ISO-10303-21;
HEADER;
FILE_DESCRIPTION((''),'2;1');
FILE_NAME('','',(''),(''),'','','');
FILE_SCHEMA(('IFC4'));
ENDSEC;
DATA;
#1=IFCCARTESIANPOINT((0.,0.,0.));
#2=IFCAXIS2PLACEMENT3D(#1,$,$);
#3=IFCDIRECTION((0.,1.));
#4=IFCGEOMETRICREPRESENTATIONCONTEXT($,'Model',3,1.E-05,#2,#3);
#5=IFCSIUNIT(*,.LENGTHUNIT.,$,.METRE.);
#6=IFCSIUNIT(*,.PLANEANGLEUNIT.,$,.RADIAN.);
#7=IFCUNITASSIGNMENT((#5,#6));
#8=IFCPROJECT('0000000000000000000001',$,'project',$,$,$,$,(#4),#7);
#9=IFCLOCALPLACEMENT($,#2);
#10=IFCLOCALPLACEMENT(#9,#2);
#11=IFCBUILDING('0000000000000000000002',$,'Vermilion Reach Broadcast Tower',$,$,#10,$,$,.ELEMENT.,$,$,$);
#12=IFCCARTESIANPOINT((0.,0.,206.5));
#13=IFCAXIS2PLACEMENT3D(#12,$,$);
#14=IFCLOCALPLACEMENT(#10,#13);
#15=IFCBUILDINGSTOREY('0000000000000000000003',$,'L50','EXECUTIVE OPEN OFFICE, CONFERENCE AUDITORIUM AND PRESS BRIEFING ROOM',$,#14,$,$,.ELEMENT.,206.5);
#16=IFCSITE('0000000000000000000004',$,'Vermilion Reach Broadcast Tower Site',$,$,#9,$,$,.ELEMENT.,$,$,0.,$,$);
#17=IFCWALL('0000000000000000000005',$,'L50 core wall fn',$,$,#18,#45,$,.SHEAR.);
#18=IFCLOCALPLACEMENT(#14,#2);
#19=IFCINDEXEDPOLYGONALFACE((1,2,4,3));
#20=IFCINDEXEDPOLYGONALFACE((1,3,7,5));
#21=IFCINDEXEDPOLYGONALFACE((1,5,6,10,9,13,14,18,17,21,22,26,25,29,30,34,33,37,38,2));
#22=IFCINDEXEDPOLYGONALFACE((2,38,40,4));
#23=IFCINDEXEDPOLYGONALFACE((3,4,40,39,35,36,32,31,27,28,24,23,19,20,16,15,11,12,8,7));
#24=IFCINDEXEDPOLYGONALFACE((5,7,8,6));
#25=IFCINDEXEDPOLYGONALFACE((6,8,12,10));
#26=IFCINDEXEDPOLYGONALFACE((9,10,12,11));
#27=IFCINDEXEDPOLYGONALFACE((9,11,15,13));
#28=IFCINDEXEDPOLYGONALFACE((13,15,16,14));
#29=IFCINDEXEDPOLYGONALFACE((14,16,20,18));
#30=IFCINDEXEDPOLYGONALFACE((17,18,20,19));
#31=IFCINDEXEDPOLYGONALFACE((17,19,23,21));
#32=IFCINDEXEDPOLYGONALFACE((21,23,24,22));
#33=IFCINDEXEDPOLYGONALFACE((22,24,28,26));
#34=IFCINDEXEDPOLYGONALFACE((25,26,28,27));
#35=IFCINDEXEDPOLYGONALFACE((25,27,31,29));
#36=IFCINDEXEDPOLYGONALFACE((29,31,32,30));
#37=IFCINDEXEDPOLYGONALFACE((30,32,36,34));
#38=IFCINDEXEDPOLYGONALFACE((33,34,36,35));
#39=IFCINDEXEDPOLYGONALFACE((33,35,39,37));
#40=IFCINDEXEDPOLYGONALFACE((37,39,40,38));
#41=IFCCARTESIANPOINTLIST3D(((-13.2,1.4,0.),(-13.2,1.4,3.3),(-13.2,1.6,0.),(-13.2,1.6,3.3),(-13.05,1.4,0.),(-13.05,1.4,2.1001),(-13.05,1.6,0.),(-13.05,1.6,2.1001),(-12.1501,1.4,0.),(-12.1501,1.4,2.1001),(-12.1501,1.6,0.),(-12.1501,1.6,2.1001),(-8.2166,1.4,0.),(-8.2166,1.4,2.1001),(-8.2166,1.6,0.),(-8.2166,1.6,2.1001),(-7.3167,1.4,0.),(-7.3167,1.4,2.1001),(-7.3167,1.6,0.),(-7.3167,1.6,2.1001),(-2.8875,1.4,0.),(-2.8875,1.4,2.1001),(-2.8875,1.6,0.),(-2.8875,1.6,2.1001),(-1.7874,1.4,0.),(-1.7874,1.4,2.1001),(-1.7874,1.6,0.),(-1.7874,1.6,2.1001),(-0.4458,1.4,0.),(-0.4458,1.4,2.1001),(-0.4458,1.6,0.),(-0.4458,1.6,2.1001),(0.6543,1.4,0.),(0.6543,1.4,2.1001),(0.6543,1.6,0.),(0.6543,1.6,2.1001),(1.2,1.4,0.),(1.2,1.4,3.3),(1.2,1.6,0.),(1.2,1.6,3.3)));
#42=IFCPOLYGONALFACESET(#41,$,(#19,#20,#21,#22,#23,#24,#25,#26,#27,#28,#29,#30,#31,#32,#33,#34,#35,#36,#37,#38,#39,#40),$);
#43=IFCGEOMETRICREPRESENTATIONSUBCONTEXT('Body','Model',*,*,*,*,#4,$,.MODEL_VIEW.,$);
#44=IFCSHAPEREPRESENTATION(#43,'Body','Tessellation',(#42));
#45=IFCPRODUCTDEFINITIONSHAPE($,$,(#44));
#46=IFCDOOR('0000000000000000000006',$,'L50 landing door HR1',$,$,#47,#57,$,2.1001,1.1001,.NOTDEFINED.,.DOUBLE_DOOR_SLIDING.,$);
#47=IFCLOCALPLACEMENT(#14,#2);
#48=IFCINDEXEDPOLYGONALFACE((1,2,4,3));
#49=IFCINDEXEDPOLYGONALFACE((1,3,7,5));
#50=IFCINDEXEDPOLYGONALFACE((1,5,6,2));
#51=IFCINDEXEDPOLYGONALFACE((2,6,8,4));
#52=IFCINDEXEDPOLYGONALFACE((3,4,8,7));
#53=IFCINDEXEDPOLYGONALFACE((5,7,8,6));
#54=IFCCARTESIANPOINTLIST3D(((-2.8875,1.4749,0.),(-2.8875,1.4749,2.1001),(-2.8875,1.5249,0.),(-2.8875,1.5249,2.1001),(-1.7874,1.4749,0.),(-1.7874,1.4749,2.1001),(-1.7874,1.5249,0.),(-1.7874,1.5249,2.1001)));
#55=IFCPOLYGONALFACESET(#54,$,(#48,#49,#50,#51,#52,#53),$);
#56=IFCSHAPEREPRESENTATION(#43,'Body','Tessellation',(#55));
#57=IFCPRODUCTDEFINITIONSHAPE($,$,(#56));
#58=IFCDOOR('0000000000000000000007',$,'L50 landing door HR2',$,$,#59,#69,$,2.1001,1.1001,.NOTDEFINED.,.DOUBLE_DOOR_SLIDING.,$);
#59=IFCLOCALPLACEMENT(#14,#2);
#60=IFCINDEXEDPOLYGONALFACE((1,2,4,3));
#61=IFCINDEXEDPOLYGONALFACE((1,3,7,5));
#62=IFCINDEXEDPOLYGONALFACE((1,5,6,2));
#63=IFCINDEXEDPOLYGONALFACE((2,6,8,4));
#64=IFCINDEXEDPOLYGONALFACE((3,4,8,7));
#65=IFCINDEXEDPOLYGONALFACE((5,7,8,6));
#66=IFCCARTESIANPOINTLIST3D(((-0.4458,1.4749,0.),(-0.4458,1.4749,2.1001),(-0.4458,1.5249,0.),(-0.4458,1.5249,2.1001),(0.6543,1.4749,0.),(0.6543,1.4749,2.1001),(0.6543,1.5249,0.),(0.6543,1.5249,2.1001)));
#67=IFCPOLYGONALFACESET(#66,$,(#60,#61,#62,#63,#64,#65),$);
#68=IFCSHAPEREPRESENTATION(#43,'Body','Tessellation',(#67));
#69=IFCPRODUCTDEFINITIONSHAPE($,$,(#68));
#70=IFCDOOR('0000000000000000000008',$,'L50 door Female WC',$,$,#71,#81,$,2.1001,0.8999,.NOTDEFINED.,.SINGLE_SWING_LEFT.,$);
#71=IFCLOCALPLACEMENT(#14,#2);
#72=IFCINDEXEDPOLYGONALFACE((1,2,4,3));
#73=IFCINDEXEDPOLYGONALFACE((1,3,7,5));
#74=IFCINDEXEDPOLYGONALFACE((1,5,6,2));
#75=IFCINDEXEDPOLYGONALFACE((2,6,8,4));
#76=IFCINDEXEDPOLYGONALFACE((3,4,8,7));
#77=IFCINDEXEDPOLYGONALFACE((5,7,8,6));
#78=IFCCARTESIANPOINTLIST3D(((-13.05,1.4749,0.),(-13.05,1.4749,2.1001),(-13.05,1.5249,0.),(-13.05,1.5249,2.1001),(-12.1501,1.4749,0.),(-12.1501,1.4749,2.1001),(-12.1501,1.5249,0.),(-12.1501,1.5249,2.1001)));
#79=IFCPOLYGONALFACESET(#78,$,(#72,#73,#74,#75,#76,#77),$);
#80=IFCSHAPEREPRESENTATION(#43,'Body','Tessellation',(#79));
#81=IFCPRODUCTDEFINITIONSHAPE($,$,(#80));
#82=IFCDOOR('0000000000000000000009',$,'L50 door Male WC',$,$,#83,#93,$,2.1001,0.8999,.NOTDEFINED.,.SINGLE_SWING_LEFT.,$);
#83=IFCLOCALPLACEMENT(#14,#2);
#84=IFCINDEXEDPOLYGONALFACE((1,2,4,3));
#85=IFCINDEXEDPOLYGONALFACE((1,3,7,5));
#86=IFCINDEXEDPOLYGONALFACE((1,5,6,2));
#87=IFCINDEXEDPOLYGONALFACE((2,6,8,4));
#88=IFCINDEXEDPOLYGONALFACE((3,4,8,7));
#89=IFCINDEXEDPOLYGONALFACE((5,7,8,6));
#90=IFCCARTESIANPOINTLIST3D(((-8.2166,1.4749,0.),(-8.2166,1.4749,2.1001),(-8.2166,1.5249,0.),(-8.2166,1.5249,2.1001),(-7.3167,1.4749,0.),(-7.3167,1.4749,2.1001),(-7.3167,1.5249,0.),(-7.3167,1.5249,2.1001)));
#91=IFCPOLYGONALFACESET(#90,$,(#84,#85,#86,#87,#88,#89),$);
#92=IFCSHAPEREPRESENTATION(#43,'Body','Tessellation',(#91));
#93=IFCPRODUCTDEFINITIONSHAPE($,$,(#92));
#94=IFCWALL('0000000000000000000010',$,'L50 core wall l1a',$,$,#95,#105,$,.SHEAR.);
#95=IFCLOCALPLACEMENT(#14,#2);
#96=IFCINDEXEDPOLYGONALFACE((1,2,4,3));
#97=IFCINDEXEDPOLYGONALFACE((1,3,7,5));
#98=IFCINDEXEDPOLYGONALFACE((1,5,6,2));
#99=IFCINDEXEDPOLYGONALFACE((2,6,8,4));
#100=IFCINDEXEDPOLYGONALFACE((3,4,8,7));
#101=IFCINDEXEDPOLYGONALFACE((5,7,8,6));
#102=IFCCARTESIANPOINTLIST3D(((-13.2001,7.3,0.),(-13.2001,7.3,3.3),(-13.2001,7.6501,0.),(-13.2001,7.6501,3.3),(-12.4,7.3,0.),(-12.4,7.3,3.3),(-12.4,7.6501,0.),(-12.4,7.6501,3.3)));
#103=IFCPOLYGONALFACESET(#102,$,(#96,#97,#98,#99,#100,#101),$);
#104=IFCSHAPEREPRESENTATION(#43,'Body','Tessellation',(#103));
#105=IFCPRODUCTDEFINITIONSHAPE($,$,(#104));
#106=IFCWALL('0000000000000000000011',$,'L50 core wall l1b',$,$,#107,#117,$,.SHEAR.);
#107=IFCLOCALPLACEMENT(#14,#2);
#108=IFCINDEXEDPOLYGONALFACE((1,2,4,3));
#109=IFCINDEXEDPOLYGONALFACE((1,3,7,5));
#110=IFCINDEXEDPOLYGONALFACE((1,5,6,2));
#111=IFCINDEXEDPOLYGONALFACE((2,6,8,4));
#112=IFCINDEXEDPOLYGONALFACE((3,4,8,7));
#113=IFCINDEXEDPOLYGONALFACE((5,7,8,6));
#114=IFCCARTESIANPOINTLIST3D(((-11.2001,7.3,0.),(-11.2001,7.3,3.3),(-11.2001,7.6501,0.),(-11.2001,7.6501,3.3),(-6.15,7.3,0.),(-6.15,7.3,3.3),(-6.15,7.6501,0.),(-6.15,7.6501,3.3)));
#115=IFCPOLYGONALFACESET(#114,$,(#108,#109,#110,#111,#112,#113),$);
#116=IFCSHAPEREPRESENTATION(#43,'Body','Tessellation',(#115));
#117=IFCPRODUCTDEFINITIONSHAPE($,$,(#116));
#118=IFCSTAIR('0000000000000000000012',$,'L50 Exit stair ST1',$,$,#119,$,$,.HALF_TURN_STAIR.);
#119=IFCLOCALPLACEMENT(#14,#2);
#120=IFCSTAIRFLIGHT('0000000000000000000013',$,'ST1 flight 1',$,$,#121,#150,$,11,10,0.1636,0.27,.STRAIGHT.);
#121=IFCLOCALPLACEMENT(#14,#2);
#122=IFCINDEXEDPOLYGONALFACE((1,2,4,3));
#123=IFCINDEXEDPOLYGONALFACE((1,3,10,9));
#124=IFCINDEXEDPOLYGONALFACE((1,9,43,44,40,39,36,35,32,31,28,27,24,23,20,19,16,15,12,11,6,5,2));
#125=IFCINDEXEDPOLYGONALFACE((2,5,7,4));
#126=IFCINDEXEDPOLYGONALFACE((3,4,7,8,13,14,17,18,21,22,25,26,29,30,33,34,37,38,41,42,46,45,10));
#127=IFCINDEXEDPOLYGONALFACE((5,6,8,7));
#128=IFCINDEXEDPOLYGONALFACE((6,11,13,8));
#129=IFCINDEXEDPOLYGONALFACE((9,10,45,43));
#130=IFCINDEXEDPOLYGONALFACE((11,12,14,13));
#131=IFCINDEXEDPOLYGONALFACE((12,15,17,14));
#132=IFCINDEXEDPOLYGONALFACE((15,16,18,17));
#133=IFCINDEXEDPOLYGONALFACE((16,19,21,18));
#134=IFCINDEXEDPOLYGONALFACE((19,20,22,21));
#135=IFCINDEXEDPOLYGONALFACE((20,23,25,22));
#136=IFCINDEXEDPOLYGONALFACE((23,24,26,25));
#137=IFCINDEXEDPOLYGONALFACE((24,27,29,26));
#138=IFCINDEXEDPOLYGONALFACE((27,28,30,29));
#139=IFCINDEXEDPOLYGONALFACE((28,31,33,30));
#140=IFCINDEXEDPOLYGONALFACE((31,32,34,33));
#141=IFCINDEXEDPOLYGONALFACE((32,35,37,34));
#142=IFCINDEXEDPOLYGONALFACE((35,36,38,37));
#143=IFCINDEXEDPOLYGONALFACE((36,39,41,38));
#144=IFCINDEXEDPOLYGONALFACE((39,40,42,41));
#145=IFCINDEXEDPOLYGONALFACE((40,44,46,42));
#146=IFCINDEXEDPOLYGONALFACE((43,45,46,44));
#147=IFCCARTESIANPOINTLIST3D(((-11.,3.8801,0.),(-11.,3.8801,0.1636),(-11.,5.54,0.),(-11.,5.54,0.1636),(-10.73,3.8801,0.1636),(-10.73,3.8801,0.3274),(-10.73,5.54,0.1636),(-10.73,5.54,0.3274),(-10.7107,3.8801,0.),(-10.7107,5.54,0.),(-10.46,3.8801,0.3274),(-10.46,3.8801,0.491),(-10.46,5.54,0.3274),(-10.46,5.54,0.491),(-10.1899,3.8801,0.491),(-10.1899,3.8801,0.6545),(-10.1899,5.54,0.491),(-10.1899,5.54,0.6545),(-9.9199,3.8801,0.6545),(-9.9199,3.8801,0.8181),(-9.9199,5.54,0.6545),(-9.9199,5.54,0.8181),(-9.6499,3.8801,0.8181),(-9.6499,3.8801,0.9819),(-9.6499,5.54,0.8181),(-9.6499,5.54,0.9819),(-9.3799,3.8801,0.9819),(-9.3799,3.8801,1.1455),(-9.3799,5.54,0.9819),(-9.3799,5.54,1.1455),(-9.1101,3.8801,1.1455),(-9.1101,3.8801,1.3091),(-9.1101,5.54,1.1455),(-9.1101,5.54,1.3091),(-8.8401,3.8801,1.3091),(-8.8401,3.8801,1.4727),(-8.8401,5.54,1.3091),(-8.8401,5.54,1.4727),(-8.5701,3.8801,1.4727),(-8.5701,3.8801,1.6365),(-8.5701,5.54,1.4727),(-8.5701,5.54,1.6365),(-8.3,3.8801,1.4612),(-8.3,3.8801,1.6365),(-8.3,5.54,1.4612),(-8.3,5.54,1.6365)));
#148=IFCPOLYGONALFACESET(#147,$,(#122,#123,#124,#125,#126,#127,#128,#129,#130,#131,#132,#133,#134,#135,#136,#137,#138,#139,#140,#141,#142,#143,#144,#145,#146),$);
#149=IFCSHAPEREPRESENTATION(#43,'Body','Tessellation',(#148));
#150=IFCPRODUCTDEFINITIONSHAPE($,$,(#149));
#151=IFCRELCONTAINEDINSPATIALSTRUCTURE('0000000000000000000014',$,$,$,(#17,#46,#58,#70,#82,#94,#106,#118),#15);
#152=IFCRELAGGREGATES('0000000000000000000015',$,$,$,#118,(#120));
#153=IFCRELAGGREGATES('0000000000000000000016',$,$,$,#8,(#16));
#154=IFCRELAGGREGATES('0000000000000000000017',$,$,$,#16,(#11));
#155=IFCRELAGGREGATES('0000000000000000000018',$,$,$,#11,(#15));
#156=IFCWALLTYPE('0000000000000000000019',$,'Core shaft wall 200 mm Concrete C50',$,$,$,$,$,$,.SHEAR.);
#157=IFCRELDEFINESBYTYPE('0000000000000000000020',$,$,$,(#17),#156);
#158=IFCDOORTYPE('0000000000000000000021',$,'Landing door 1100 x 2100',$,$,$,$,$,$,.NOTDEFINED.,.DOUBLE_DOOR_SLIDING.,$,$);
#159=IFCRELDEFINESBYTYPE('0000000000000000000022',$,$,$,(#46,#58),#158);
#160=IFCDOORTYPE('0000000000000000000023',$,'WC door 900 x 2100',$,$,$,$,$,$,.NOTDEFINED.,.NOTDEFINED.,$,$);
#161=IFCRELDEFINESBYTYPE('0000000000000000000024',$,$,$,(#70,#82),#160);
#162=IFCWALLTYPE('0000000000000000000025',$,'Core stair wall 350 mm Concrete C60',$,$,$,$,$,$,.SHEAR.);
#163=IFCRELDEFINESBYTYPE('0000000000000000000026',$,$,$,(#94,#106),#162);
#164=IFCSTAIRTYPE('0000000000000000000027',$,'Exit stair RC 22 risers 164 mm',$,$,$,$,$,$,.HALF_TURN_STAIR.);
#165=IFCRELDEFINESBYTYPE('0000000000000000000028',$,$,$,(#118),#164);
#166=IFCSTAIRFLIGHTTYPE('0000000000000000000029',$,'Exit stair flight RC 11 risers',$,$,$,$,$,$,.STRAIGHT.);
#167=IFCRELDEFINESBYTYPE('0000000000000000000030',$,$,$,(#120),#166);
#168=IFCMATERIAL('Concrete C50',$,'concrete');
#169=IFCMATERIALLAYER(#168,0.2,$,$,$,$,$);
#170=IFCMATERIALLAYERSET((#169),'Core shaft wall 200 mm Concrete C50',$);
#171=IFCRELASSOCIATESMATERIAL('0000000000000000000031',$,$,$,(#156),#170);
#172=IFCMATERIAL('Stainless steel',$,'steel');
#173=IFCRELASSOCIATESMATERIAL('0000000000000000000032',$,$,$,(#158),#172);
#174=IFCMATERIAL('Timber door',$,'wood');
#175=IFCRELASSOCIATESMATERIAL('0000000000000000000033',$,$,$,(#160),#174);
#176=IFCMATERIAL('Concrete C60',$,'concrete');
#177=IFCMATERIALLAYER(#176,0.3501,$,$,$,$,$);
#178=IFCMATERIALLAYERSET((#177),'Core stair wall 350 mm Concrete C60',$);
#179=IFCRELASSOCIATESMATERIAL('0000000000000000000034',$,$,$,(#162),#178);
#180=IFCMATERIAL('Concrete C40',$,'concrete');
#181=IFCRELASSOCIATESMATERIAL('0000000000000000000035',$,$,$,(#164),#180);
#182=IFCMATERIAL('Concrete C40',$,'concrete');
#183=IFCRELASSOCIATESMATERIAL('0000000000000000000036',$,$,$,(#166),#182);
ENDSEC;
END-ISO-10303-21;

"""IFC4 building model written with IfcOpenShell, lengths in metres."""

from ifc_helpers import new_model, si_unit, direction, frame, frame_2d, origin, place, context, subcontext, project, spatial, polyline, rectangle, outline, extrude, material, layer, layer_set, type_object, element, fill, aggregate, save


model = new_model("IFC4")

# Units and contexts
model_context = context("Model", 3, precision=1e-05, world=origin(), true_north=direction((0.0, 1.0)))
body_context = subcontext(model_context, "Body", "Model", "MODEL_VIEW")
ifc_project = project(units=[si_unit("LENGTHUNIT", "METRE"), si_unit("PLANEANGLEUNIT", "RADIAN")], contexts=[model_context])

# Site, building, storey
site_placement = place(None, origin())
site = spatial("IfcSite", under=ifc_project, at=site_placement, Name="Vermilion Reach Broadcast Tower Site", CompositionType="ELEMENT", RefElevation=0.0)
building_placement = place(site_placement, origin())
building = spatial("IfcBuilding", under=site, at=building_placement, Name="Vermilion Reach Broadcast Tower", CompositionType="ELEMENT")
storey_placement = place(building_placement, frame((0.0, 0.0, 206.5)))
storey = spatial("IfcBuildingStorey", under=building, at=storey_placement, Name="L50", Description="EXECUTIVE OPEN OFFICE, CONFERENCE AUDITORIUM AND PRESS BRIEFING ROOM", CompositionType="ELEMENT", Elevation=206.5)

# Wall, openings, doors
ifc_material_1 = material(Name="Concrete C50", Category="concrete")
ifc_layer_1 = layer(ifc_material_1, 0.2)
ifc_layer_set_1 = layer_set([ifc_layer_1], Name="Core shaft wall 200 mm Concrete C50")
wall_type_1 = type_object("IfcWallType", Name="Core shaft wall 200 mm Concrete C50", PredefinedType="SHEAR", material=ifc_layer_set_1)
wall_1_placement = place(storey_placement, frame((-13.2, 1.5, 0.0), z_axis=(0.0, 0.0, 1.0), x_axis=(1.0, 0.0, 0.0)))
wall_1 = element("IfcWall", 1, at=wall_1_placement, inside=storey, type_object=wall_type_1, Name="L50 core wall fn", PredefinedType="SHEAR", context=body_context, shape_type="SweptSolid", body=[
    extrude(rectangle(XDim=14.3999, YDim=0.2, at=frame_2d((7.2, 0.0))), origin(), (0.0, 0.0, 1.0), 3.3),
])
opening_1_placement = place(wall_1_placement, frame((10.3125, 0.0, 0.0)))
opening_1 = element("IfcOpeningElement", 2, at=opening_1_placement, cuts=wall_1, PredefinedType="OPENING", context=body_context, shape_type="SweptSolid", body=[
    extrude(rectangle(XDim=1.1001, YDim=2.1001, at=frame_2d((0.55, 1.05))), frame((0.0, 0.1099, 0.0), z_axis=(0.0, -1.0, 0.0), x_axis=(1.0, 0.0, 0.0)), (0.0, 0.0, 1.0), 0.22),
])
opening_2_placement = place(wall_1_placement, frame((12.7542, 0.0, 0.0)))
opening_2 = element("IfcOpeningElement", 3, at=opening_2_placement, cuts=wall_1, PredefinedType="OPENING", context=body_context, shape_type="SweptSolid", body=[
    extrude(rectangle(XDim=1.1001, YDim=2.1001, at=frame_2d((0.55, 1.05))), frame((0.0, 0.1099, 0.0), z_axis=(0.0, -1.0, 0.0), x_axis=(1.0, 0.0, 0.0)), (0.0, 0.0, 1.0), 0.22),
])
opening_3_placement = place(wall_1_placement, frame((0.1499, 0.0, 0.0)))
opening_3 = element("IfcOpeningElement", 4, at=opening_3_placement, cuts=wall_1, PredefinedType="OPENING", context=body_context, shape_type="SweptSolid", body=[
    extrude(rectangle(XDim=0.8999, YDim=2.1001, at=frame_2d((0.45, 1.05))), frame((0.0, 0.1099, 0.0), z_axis=(0.0, -1.0, 0.0), x_axis=(1.0, 0.0, 0.0)), (0.0, 0.0, 1.0), 0.22),
])
opening_4_placement = place(wall_1_placement, frame((4.9834, 0.0, 0.0)))
opening_4 = element("IfcOpeningElement", 5, at=opening_4_placement, cuts=wall_1, PredefinedType="OPENING", context=body_context, shape_type="SweptSolid", body=[
    extrude(rectangle(XDim=0.8999, YDim=2.1001, at=frame_2d((0.45, 1.05))), frame((0.0, 0.1099, 0.0), z_axis=(0.0, -1.0, 0.0), x_axis=(1.0, 0.0, 0.0)), (0.0, 0.0, 1.0), 0.22),
])
ifc_material_2 = material(Name="Stainless steel", Category="steel")
door_type_1 = type_object("IfcDoorType", Name="Landing door 1100 x 2100", OperationType="DOUBLE_DOOR_SLIDING", PredefinedType="NOTDEFINED", material=ifc_material_2)
door_1_placement = place(opening_1_placement, origin())
door_1 = element("IfcDoor", 6, at=door_1_placement, inside=storey, type_object=door_type_1, Name="L50 landing door HR1", OperationType="DOUBLE_DOOR_SLIDING", OverallHeight=2.1001, OverallWidth=1.1001, PredefinedType="NOTDEFINED", context=body_context, shape_type="SweptSolid", body=[
    extrude(rectangle(XDim=1.1001, YDim=2.1001, at=frame_2d((0.55, 1.05))), frame((0.0, 0.0249, 0.0), z_axis=(0.0, -1.0, 0.0), x_axis=(1.0, 0.0, 0.0)), (0.0, 0.0, 1.0), 0.05),
])
fill(opening_1, door_1)
door_2_placement = place(opening_2_placement, origin())
door_2 = element("IfcDoor", 7, at=door_2_placement, inside=storey, type_object=door_type_1, Name="L50 landing door HR2", OperationType="DOUBLE_DOOR_SLIDING", OverallHeight=2.1001, OverallWidth=1.1001, PredefinedType="NOTDEFINED", context=body_context, shape_type="SweptSolid", body=[
    extrude(rectangle(XDim=1.1001, YDim=2.1001, at=frame_2d((0.55, 1.05))), frame((0.0, 0.0249, 0.0), z_axis=(0.0, -1.0, 0.0), x_axis=(1.0, 0.0, 0.0)), (0.0, 0.0, 1.0), 0.05),
])
fill(opening_2, door_2)
ifc_material_3 = material(Name="Timber door", Category="wood")
door_type_2 = type_object("IfcDoorType", Name="WC door 900 x 2100", OperationType="NOTDEFINED", PredefinedType="NOTDEFINED", material=ifc_material_3)
door_3_placement = place(opening_3_placement, origin())
door_3 = element("IfcDoor", 8, at=door_3_placement, inside=storey, type_object=door_type_2, Name="L50 door Female WC", OperationType="SINGLE_SWING_LEFT", OverallHeight=2.1001, OverallWidth=0.8999, PredefinedType="NOTDEFINED", context=body_context, shape_type="SweptSolid", body=[
    extrude(rectangle(XDim=0.8999, YDim=2.1001, at=frame_2d((0.45, 1.05))), frame((0.0, 0.0249, 0.0), z_axis=(0.0, -1.0, 0.0), x_axis=(1.0, 0.0, 0.0)), (0.0, 0.0, 1.0), 0.05),
])
fill(opening_3, door_3)
door_4_placement = place(opening_4_placement, origin())
door_4 = element("IfcDoor", 9, at=door_4_placement, inside=storey, type_object=door_type_2, Name="L50 door Male WC", OperationType="SINGLE_SWING_LEFT", OverallHeight=2.1001, OverallWidth=0.8999, PredefinedType="NOTDEFINED", context=body_context, shape_type="SweptSolid", body=[
    extrude(rectangle(XDim=0.8999, YDim=2.1001, at=frame_2d((0.45, 1.05))), frame((0.0, 0.0249, 0.0), z_axis=(0.0, -1.0, 0.0), x_axis=(1.0, 0.0, 0.0)), (0.0, 0.0, 1.0), 0.05),
])
fill(opening_4, door_4)

# Walls
ifc_material_4 = material(Name="Concrete C60", Category="concrete")
ifc_layer_2 = layer(ifc_material_4, 0.3501)
ifc_layer_set_2 = layer_set([ifc_layer_2], Name="Core stair wall 350 mm Concrete C60")
wall_type_2 = type_object("IfcWallType", Name="Core stair wall 350 mm Concrete C60", PredefinedType="SHEAR", material=ifc_layer_set_2)
wall_2_placement = place(storey_placement, frame((-13.2, 7.4751, 0.0), z_axis=(0.0, 0.0, 1.0), x_axis=(1.0, 0.0, 0.0)))
element("IfcWall", 10, at=wall_2_placement, inside=storey, type_object=wall_type_2, Name="L50 core wall l1a", PredefinedType="SHEAR", context=body_context, shape_type="SweptSolid", body=[
    extrude(rectangle(XDim=0.8, YDim=0.3501, at=frame_2d((0.3999, 0.0))), origin(), (0.0, 0.0, 1.0), 3.3),
])
wall_3_placement = place(storey_placement, frame((-11.2, 7.4751, 0.0), z_axis=(0.0, 0.0, 1.0), x_axis=(1.0, 0.0, 0.0)))
element("IfcWall", 11, at=wall_3_placement, inside=storey, type_object=wall_type_2, Name="L50 core wall l1b", PredefinedType="SHEAR", context=body_context, shape_type="SweptSolid", body=[
    extrude(rectangle(XDim=5.05, YDim=0.3501, at=frame_2d((2.5249, 0.0))), origin(), (0.0, 0.0, 1.0), 3.3),
])

# Stair, stair flight
ifc_material_5 = material(Name="Concrete C40", Category="concrete")
stair_type = type_object("IfcStairType", Name="Exit stair RC 22 risers 164 mm", PredefinedType="HALF_TURN_STAIR", material=ifc_material_5)
stair_placement = place(storey_placement, origin())
stair = element("IfcStair", 12, at=stair_placement, inside=storey, type_object=stair_type, Name="L50 Exit stair ST1", PredefinedType="HALF_TURN_STAIR")
ifc_material_6 = material(Name="Concrete C40", Category="concrete")
stair_flight_type = type_object("IfcStairFlightType", Name="Exit stair flight RC 11 risers", PredefinedType="STRAIGHT", material=ifc_material_6)
stair_flight_1_placement = place(storey_placement, frame((-11.0, 4.71, 0.0), z_axis=(0.0, 0.0, 1.0), x_axis=(1.0, 0.0, 0.0)))
stair_flight_1 = element("IfcStairFlight", 13, at=stair_flight_1_placement, type_object=stair_flight_type, Name="ST1 flight 1", NumberOfRisers=11, NumberOfTreads=10, PredefinedType="STRAIGHT", RiserHeight=0.1636, TreadLength=0.27, context=body_context, shape_type="SweptSolid", body=[
    extrude(outline(polyline([(0.0, 0.0), (0.0, 0.1636), (0.27, 0.1636), (0.27, 0.3274), (0.54, 0.3274), (0.54, 0.491), (0.8101, 0.491), (0.8101, 0.6545), (1.0801, 0.6545), (1.0801, 0.8181), (1.3501, 0.8181), (1.3501, 0.9819), (1.6201, 0.9819), (1.6201, 1.1455), (1.8899, 1.1455), (1.8899, 1.3091), (2.1599, 1.3091), (2.1599, 1.4727), (2.4299, 1.4727), (2.4299, 1.6365), (2.7, 1.6365), (2.7, 1.8), (2.7, 1.4612), (0.2893, 0.0), (0.0, 0.0)])), frame((0.0, 0.8301, 0.0), z_axis=(0.0, -1.0, 0.0), x_axis=(1.0, 0.0, 0.0)), (0.0, 0.0, 1.0), 1.6599),
])
aggregate(stair, [stair_flight_1])

save(model, "model.ifc")
